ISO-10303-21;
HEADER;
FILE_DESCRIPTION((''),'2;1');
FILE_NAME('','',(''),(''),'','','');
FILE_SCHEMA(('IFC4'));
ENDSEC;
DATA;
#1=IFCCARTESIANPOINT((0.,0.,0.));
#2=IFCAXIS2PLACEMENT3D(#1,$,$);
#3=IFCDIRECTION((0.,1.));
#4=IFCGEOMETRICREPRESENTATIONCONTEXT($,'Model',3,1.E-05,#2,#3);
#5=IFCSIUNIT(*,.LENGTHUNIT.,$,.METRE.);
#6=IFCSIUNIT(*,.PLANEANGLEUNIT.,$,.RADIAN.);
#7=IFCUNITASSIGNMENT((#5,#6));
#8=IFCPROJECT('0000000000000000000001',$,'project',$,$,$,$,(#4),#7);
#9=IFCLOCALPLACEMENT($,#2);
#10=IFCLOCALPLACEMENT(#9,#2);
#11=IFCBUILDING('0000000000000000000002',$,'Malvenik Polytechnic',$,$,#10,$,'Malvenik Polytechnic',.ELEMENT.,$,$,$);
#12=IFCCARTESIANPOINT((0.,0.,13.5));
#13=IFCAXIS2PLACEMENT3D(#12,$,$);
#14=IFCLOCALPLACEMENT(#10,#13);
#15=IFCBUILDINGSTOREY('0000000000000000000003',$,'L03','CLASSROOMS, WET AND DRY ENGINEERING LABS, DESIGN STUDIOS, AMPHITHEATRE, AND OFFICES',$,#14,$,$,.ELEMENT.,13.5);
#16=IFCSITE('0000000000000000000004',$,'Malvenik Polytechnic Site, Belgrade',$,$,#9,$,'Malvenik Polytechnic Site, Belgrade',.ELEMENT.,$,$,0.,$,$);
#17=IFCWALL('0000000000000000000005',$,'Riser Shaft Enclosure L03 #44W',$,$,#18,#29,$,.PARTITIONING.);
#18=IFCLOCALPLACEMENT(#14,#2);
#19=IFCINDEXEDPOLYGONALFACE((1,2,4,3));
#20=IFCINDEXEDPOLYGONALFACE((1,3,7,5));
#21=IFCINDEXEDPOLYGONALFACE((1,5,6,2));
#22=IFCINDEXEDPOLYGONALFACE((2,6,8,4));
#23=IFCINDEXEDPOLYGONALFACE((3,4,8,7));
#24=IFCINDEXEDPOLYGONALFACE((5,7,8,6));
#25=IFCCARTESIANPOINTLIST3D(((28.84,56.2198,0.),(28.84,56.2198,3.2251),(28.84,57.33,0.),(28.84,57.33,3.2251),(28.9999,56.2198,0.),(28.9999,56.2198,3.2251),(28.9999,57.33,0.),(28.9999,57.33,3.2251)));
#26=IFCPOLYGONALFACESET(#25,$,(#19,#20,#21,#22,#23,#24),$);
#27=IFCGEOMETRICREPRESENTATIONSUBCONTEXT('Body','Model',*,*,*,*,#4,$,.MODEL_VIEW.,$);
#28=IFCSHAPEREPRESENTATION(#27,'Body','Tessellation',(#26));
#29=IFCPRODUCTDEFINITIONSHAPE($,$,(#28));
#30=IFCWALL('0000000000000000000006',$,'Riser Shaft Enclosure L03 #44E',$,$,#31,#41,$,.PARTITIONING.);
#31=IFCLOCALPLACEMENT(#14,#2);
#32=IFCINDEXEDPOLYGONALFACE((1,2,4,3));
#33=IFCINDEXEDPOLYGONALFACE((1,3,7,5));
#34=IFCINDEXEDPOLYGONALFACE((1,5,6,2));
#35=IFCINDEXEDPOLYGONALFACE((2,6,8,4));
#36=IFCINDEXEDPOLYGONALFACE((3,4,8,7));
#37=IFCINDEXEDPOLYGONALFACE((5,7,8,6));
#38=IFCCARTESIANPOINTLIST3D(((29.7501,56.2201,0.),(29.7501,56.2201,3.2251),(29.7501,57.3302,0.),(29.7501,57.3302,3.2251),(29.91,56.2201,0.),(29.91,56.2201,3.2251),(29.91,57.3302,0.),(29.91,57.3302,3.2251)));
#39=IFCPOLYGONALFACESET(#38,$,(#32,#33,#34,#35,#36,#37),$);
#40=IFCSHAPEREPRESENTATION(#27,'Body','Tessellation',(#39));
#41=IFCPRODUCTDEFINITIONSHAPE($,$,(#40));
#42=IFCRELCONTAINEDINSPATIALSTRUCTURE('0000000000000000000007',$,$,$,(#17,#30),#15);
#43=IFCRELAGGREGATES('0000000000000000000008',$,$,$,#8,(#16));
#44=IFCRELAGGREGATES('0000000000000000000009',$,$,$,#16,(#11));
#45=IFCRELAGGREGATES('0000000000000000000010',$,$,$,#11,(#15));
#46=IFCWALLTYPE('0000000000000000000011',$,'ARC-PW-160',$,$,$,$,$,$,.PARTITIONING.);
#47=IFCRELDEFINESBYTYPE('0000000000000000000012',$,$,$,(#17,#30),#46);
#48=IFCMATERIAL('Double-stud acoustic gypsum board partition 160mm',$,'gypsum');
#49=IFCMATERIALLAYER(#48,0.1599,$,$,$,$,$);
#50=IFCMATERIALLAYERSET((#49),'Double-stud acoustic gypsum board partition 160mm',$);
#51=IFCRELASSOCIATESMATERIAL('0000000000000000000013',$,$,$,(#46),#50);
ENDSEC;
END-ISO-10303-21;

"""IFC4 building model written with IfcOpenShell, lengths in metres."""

from ifc_helpers import new_model, si_unit, direction, frame, frame_2d, origin, place, context, subcontext, project, spatial, rectangle, extrude, material, layer, layer_set, type_object, element, save


model = new_model("IFC4")

# Units and contexts
model_context = context("Model", 3, precision=1e-05, world=origin(), true_north=direction((0.0, 1.0)))
body_context = subcontext(model_context, "Body", "Model", "MODEL_VIEW")
ifc_project = project(units=[si_unit("LENGTHUNIT", "METRE"), si_unit("PLANEANGLEUNIT", "RADIAN")], contexts=[model_context])

# Site, building, storey
site_placement = place(None, origin())
site = spatial("IfcSite", under=ifc_project, at=site_placement, Name="Malvenik Polytechnic Site, Belgrade", LongName="Malvenik Polytechnic Site, Belgrade", CompositionType="ELEMENT", RefElevation=0.0)
building_placement = place(site_placement, origin())
building = spatial("IfcBuilding", under=site, at=building_placement, Name="Malvenik Polytechnic", LongName="Malvenik Polytechnic", CompositionType="ELEMENT")
storey_placement = place(building_placement, frame((0.0, 0.0, 13.5)))
storey = spatial("IfcBuildingStorey", under=building, at=storey_placement, Name="L03", Description="CLASSROOMS, WET AND DRY ENGINEERING LABS, DESIGN STUDIOS, AMPHITHEATRE, AND OFFICES", CompositionType="ELEMENT", Elevation=13.5)

# Walls
ifc_material_1 = material(Name="Double-stud acoustic gypsum board partition 160mm", Category="gypsum")
ifc_layer_1 = layer(ifc_material_1, 0.1599)
ifc_layer_set_1 = layer_set([ifc_layer_1], Name="Double-stud acoustic gypsum board partition 160mm")
wall_type_1 = type_object("IfcWallType", Name="ARC-PW-160", PredefinedType="PARTITIONING", material=ifc_layer_set_1)
for number, where, z_axis, x_axis, name in (
    (1, (28.9199, 57.3301, 0.0), (0.0, 0.0, 1.0), (0.0, -1.0, 0.0), "Riser Shaft Enclosure L03 #44W"),
    (2, (29.8301, 56.22, 0.0), (0.0, 0.0, 1.0), (0.0, 1.0, 0.0), "Riser Shaft Enclosure L03 #44E"),
):
    element("IfcWall", number, at=place(storey_placement, frame(where, z_axis=z_axis, x_axis=x_axis)), inside=storey, type_object=wall_type_1, Name=name, PredefinedType="PARTITIONING", context=body_context, shape_type="SweptSolid", body=[
        extrude(rectangle(XDim=1.1101, YDim=0.1599, at=frame_2d((0.5552, 0.0))), origin(), (0.0, 0.0, 1.0), 3.2251),
    ])

save(model, "model.ifc")
